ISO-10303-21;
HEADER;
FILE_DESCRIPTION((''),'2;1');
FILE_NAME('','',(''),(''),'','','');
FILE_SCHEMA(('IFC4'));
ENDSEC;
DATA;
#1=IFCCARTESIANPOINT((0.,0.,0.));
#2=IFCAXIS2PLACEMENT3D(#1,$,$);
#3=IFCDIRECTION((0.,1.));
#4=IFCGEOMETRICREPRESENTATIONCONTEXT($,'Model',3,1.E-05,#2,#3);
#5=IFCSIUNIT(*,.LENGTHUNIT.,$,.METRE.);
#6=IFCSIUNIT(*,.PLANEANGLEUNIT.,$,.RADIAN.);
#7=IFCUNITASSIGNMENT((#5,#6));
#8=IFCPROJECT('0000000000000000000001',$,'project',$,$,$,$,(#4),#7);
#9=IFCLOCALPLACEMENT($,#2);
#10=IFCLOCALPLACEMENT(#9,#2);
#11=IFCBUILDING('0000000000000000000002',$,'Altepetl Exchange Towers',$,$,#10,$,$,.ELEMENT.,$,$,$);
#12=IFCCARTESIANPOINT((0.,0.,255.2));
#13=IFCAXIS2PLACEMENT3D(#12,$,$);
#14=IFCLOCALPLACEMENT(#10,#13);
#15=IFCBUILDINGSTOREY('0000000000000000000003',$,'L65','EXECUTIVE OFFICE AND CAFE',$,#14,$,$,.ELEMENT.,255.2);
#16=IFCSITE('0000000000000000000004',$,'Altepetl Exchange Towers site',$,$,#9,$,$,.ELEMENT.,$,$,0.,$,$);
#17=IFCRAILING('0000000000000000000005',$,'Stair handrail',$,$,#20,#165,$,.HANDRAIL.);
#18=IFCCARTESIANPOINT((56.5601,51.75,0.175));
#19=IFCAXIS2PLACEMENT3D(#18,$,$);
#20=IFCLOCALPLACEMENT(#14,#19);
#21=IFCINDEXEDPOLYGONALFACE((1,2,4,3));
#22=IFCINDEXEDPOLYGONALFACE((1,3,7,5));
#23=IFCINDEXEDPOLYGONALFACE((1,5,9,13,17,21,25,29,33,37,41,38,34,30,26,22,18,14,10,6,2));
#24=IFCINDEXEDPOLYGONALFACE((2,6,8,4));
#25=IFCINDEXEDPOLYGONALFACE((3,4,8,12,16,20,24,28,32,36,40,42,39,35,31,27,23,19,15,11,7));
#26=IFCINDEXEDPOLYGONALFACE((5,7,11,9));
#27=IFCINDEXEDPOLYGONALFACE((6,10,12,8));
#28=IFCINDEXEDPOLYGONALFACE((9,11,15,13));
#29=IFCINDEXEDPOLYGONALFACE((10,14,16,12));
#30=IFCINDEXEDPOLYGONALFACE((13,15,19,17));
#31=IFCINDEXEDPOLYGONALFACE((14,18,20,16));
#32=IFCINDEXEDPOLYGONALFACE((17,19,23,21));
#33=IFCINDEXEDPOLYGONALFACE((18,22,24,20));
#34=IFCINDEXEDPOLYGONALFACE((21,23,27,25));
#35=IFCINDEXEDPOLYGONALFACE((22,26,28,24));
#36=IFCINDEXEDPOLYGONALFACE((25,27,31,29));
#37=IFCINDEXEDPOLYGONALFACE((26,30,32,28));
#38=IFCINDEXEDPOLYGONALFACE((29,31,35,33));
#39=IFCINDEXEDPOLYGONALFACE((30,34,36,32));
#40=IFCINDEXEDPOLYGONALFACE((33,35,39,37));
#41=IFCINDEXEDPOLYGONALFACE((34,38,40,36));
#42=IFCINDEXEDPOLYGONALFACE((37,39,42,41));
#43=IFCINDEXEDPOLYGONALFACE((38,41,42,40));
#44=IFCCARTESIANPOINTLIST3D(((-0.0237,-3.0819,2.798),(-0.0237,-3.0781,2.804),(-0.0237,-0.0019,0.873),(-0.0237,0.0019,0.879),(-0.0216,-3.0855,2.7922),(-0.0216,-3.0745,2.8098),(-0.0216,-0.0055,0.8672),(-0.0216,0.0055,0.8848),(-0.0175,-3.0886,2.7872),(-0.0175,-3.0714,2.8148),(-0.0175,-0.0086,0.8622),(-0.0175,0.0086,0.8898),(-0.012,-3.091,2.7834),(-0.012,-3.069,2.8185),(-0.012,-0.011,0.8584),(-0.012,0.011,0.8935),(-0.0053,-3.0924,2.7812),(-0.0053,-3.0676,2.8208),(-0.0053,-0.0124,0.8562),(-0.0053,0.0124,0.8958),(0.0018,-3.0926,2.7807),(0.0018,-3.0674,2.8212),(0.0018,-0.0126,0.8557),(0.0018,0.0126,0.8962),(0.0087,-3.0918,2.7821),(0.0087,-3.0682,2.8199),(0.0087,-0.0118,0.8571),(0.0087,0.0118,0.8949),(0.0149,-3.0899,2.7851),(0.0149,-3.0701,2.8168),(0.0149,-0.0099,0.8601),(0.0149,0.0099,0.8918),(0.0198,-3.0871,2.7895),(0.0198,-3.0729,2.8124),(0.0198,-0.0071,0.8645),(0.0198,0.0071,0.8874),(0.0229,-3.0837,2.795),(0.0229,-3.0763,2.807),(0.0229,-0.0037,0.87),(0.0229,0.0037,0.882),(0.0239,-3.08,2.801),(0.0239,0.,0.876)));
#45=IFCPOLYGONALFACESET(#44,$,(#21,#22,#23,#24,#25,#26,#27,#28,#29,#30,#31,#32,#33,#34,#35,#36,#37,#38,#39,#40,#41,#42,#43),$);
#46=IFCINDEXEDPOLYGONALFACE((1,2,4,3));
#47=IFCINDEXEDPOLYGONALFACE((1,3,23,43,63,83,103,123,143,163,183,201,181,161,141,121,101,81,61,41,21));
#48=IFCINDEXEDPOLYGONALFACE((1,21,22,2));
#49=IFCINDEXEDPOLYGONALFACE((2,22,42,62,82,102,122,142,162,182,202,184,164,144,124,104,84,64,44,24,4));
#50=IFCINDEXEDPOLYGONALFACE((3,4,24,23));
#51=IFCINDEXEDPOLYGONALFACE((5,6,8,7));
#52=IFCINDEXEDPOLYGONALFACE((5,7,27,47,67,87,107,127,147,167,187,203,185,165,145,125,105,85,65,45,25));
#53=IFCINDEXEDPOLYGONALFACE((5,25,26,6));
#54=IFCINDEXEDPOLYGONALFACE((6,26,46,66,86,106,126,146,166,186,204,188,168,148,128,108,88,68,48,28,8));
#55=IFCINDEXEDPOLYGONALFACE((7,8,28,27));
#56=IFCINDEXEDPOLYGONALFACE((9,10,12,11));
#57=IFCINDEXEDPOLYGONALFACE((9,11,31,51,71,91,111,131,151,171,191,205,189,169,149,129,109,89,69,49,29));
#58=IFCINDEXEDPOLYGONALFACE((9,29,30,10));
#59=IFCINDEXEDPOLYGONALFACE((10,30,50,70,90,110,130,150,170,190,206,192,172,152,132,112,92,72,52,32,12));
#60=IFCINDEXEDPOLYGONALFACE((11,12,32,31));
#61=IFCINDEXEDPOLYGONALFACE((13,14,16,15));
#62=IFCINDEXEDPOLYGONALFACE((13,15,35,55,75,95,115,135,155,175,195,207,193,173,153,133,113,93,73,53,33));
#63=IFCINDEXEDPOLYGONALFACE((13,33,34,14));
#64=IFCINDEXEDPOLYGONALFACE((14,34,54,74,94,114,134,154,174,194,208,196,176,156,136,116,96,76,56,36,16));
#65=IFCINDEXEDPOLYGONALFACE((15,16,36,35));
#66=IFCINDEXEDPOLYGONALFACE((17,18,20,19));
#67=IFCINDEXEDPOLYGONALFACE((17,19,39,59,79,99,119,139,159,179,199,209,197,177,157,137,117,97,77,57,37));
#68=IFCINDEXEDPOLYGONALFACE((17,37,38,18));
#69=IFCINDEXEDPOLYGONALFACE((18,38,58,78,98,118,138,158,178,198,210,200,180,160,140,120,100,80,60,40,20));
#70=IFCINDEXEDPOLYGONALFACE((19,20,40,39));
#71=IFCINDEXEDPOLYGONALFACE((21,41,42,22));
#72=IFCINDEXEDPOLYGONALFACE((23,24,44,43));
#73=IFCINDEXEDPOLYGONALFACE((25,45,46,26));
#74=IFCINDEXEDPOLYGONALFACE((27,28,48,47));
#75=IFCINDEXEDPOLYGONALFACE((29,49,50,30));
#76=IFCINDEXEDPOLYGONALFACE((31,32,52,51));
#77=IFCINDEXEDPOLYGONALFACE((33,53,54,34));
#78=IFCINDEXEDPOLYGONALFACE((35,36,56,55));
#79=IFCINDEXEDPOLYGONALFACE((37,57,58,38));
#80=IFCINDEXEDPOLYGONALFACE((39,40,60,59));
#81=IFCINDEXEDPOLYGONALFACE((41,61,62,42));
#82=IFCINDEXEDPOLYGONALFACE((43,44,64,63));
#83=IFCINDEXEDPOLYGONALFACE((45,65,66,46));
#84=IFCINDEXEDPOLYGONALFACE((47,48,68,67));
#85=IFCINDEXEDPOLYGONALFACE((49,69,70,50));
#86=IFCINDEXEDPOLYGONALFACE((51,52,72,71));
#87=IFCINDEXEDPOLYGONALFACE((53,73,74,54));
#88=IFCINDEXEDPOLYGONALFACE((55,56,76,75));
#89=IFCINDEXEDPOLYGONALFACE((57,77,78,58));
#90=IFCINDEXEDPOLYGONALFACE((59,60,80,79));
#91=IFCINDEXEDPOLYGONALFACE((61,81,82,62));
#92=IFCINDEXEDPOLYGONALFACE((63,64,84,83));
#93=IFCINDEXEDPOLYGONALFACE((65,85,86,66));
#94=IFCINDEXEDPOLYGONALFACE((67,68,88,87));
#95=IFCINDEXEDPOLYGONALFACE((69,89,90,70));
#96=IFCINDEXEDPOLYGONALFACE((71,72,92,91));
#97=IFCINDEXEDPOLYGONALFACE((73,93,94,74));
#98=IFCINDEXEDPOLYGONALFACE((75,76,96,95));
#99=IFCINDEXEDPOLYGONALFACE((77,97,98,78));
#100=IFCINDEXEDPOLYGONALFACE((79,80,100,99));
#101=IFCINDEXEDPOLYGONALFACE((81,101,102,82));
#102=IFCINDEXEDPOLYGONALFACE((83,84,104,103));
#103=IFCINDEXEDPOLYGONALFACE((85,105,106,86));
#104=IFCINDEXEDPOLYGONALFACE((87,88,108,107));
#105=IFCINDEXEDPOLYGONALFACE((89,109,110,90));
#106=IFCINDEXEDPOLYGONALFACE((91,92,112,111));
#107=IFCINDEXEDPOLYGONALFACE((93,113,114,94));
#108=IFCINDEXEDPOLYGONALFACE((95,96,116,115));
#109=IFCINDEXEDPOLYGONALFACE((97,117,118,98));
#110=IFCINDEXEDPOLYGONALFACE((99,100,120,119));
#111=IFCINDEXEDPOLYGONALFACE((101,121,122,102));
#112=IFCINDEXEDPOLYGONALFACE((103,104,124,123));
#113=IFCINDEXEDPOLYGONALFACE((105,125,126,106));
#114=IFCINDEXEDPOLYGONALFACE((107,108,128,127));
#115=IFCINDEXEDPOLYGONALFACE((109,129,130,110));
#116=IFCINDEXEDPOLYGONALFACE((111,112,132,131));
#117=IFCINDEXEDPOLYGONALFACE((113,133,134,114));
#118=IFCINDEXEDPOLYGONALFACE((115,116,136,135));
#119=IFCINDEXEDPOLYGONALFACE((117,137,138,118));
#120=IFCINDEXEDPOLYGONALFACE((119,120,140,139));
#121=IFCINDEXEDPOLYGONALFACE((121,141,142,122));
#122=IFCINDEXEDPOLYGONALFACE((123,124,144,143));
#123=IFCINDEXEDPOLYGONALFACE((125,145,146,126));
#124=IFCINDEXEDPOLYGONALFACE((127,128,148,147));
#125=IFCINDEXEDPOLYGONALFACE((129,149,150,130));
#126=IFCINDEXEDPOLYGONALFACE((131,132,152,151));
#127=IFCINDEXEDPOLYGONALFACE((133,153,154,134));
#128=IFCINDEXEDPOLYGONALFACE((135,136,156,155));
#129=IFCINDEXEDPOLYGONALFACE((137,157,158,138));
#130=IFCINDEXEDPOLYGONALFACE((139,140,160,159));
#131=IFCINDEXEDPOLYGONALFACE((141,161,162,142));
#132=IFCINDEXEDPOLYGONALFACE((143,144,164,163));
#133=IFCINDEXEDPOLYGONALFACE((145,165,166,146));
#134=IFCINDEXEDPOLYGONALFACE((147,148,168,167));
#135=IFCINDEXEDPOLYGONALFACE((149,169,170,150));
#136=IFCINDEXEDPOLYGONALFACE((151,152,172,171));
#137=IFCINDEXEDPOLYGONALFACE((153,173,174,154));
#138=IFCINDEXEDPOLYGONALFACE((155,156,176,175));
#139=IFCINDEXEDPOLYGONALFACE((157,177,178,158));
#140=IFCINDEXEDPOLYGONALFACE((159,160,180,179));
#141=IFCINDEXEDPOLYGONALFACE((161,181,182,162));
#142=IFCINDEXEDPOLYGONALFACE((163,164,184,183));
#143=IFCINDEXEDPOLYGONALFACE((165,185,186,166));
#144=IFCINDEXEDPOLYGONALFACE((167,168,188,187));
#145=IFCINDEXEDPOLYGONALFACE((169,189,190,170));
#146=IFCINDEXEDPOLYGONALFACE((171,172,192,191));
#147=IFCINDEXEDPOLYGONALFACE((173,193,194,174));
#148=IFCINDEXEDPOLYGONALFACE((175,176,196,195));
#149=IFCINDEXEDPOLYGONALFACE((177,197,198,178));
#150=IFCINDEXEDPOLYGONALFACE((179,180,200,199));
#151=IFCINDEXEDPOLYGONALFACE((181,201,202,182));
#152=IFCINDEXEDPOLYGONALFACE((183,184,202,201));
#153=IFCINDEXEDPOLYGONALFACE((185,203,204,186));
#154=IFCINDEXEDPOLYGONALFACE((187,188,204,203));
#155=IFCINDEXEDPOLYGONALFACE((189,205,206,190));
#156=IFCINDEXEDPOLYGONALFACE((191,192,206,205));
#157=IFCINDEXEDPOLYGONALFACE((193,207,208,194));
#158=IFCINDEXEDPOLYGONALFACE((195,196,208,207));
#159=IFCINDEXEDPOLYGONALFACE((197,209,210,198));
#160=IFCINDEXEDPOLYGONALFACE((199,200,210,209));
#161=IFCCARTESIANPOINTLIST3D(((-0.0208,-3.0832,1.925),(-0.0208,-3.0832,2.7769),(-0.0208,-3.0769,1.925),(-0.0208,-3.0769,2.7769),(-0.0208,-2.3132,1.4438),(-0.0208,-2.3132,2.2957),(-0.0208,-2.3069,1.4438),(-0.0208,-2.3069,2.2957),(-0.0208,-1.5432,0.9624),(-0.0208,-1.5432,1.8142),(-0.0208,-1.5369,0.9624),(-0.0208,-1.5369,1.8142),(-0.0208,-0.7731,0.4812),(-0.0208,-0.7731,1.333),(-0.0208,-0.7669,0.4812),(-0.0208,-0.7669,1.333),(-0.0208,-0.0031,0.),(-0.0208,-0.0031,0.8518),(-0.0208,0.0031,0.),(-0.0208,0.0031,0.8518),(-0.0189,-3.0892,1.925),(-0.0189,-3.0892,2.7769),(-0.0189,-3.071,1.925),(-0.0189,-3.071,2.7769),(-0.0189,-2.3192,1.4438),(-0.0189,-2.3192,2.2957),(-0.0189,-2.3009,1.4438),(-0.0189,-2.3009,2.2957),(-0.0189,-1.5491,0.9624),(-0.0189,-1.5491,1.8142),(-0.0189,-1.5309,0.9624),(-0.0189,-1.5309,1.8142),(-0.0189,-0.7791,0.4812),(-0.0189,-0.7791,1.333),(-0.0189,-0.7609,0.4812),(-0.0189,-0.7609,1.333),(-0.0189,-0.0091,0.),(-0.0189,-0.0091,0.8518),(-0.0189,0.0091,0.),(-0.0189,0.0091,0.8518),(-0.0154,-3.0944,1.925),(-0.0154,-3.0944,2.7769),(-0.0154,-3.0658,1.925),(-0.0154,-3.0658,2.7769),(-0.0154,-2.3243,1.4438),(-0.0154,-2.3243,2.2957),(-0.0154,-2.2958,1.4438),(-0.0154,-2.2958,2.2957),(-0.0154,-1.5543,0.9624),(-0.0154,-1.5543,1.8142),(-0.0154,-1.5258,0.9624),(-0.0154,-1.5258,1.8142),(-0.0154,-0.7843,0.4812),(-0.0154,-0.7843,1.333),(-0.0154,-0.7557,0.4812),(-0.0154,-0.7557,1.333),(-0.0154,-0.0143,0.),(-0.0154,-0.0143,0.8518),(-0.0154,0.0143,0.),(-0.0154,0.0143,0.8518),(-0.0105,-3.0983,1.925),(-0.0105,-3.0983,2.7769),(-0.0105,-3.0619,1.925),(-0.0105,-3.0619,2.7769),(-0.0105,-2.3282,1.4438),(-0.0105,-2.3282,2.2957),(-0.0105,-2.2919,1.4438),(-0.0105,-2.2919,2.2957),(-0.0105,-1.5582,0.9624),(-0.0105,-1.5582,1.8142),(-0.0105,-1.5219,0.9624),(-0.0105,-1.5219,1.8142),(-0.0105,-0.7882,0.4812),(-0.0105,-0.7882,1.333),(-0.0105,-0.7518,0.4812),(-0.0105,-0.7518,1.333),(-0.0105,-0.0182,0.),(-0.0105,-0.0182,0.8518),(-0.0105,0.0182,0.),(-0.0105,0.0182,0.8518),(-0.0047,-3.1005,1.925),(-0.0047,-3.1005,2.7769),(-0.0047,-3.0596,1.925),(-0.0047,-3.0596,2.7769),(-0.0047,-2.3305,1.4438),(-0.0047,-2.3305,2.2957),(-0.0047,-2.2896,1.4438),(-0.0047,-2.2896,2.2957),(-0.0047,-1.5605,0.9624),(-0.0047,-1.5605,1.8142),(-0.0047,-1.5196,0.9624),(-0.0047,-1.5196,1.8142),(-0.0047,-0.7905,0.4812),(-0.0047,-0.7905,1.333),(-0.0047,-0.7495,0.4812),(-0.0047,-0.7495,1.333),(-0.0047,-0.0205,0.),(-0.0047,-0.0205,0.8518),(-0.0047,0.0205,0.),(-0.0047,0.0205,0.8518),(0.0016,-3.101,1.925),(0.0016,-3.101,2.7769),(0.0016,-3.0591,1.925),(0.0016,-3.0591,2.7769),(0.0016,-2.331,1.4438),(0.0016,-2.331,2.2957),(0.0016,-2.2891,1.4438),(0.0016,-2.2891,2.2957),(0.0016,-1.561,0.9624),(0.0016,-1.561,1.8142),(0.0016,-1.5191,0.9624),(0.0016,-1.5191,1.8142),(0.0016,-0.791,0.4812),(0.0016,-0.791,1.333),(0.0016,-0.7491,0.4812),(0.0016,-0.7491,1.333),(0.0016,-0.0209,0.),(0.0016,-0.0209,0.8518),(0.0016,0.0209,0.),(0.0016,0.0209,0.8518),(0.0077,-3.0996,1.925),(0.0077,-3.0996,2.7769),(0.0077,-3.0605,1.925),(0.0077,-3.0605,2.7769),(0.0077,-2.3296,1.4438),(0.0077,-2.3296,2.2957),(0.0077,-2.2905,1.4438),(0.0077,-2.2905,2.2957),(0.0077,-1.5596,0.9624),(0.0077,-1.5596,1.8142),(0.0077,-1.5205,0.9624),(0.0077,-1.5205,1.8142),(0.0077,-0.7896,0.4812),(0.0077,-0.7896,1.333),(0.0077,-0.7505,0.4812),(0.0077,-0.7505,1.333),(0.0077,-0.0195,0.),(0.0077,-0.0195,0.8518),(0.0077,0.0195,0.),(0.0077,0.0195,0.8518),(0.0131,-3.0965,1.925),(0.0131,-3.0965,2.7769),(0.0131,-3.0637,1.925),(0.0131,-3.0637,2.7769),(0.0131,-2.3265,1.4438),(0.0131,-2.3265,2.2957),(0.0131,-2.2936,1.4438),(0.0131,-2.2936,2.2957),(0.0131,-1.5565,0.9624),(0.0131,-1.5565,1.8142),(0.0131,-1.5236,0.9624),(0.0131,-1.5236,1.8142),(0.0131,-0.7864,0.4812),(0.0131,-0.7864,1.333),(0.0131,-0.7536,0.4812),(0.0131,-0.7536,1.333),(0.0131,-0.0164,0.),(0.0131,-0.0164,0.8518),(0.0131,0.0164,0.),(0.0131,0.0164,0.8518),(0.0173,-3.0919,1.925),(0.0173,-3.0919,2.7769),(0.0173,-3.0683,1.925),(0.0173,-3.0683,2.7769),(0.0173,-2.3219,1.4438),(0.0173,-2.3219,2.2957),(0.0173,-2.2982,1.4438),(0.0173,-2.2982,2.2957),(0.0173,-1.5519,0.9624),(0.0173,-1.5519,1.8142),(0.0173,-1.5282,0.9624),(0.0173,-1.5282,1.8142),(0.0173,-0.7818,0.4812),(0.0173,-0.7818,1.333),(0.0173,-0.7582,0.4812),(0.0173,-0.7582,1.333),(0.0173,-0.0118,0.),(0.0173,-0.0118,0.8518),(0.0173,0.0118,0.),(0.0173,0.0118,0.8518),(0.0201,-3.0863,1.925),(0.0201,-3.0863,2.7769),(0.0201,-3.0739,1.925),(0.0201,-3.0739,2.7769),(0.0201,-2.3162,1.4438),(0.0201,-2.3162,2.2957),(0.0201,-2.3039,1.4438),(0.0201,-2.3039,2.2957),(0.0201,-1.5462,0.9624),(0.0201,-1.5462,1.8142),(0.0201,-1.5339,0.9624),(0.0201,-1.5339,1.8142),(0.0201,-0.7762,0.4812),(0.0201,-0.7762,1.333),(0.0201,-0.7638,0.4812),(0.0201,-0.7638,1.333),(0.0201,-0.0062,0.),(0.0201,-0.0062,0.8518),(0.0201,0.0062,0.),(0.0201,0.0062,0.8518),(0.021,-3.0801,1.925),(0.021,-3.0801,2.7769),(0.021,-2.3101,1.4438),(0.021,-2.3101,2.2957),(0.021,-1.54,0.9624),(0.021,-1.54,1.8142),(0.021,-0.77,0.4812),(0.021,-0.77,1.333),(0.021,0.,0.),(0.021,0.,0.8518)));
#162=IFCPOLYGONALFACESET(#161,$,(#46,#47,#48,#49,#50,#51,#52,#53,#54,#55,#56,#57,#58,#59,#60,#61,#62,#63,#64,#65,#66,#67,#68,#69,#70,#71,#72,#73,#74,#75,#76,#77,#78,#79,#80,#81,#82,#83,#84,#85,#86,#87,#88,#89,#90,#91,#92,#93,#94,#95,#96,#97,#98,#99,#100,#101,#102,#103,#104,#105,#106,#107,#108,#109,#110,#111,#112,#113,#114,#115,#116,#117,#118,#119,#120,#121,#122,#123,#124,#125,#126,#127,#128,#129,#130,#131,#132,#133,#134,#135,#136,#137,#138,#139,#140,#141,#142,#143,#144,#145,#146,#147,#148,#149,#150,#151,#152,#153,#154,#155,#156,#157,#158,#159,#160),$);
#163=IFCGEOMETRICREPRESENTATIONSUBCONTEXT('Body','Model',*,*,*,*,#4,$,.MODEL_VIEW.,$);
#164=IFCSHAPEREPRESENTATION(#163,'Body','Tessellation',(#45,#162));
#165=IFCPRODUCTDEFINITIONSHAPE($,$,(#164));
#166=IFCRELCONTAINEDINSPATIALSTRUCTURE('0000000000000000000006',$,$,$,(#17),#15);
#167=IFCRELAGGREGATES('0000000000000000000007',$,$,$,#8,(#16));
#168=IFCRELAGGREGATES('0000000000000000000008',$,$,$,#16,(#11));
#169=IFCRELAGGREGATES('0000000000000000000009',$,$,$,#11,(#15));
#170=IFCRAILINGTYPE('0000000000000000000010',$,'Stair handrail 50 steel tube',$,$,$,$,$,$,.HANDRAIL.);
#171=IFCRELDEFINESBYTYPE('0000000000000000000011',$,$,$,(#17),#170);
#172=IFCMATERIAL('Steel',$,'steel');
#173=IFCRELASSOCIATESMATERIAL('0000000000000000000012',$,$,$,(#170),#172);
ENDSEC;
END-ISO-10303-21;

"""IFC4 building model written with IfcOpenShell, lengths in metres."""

from ifc_helpers import new_model, si_unit, direction, frame, origin, origin_2d, place, context, subcontext, project, spatial, circle, extrude, source, transform, mapped, material, type_object, element, save


model = new_model("IFC4")

# Units and contexts
model_context = context("Model", 3, precision=1e-05, world=origin(), true_north=direction((0.0, 1.0)))
body_context = subcontext(model_context, "Body", "Model", "MODEL_VIEW")
ifc_project = project(units=[si_unit("LENGTHUNIT", "METRE"), si_unit("PLANEANGLEUNIT", "RADIAN")], contexts=[model_context])

# Site, building, storey
site_placement = place(None, origin())
site = spatial("IfcSite", under=ifc_project, at=site_placement, Name="Altepetl Exchange Towers site", CompositionType="ELEMENT", RefElevation=0.0)
building_placement = place(site_placement, origin())
building = spatial("IfcBuilding", under=site, at=building_placement, Name="Altepetl Exchange Towers", CompositionType="ELEMENT")
storey_placement = place(building_placement, frame((0.0, 0.0, 255.2)))
storey = spatial("IfcBuildingStorey", under=building, at=storey_placement, Name="L65", Description="EXECUTIVE OFFICE AND CAFE", CompositionType="ELEMENT", Elevation=255.2)

# Railing
ifc_material_1 = material(Name="Steel", Category="steel")
railing_type = type_object("IfcRailingType", Name="Stair handrail 50 steel tube", PredefinedType="HANDRAIL", material=ifc_material_1)
shared_shape = source(origin(), body_context, "Body", "SweptSolid", [
    extrude(circle(Radius=0.021, at=origin_2d()), origin(), (0.0, 0.0, 1.0), 0.8518),
])
railing_placement = place(storey_placement, frame((56.5601, 51.75, 0.175)))
element("IfcRailing", 1, at=railing_placement, inside=storey, type_object=railing_type, Name="Stair handrail", PredefinedType="HANDRAIL", context=body_context, shape_type="SweptSolid", body=[
    extrude(circle(Radius=0.0239, at=origin_2d()), frame((0.0, 0.0, 0.876), z_axis=(0.0, -0.847998, 0.529999), x_axis=(1.0, 0.0, 0.0)), (0.0, 0.0, 1.0), 3.6321),
    mapped(shared_shape, transform((0.0, 0.0, 0.0))),
    mapped(shared_shape, transform((0.0, -0.77, 0.4812))),
    mapped(shared_shape, transform((0.0, -1.54, 0.9624))),
    mapped(shared_shape, transform((0.0, -2.3101, 1.4438))),
    mapped(shared_shape, transform((0.0, -3.0801, 1.925))),
])

save(model, "model.ifc")
